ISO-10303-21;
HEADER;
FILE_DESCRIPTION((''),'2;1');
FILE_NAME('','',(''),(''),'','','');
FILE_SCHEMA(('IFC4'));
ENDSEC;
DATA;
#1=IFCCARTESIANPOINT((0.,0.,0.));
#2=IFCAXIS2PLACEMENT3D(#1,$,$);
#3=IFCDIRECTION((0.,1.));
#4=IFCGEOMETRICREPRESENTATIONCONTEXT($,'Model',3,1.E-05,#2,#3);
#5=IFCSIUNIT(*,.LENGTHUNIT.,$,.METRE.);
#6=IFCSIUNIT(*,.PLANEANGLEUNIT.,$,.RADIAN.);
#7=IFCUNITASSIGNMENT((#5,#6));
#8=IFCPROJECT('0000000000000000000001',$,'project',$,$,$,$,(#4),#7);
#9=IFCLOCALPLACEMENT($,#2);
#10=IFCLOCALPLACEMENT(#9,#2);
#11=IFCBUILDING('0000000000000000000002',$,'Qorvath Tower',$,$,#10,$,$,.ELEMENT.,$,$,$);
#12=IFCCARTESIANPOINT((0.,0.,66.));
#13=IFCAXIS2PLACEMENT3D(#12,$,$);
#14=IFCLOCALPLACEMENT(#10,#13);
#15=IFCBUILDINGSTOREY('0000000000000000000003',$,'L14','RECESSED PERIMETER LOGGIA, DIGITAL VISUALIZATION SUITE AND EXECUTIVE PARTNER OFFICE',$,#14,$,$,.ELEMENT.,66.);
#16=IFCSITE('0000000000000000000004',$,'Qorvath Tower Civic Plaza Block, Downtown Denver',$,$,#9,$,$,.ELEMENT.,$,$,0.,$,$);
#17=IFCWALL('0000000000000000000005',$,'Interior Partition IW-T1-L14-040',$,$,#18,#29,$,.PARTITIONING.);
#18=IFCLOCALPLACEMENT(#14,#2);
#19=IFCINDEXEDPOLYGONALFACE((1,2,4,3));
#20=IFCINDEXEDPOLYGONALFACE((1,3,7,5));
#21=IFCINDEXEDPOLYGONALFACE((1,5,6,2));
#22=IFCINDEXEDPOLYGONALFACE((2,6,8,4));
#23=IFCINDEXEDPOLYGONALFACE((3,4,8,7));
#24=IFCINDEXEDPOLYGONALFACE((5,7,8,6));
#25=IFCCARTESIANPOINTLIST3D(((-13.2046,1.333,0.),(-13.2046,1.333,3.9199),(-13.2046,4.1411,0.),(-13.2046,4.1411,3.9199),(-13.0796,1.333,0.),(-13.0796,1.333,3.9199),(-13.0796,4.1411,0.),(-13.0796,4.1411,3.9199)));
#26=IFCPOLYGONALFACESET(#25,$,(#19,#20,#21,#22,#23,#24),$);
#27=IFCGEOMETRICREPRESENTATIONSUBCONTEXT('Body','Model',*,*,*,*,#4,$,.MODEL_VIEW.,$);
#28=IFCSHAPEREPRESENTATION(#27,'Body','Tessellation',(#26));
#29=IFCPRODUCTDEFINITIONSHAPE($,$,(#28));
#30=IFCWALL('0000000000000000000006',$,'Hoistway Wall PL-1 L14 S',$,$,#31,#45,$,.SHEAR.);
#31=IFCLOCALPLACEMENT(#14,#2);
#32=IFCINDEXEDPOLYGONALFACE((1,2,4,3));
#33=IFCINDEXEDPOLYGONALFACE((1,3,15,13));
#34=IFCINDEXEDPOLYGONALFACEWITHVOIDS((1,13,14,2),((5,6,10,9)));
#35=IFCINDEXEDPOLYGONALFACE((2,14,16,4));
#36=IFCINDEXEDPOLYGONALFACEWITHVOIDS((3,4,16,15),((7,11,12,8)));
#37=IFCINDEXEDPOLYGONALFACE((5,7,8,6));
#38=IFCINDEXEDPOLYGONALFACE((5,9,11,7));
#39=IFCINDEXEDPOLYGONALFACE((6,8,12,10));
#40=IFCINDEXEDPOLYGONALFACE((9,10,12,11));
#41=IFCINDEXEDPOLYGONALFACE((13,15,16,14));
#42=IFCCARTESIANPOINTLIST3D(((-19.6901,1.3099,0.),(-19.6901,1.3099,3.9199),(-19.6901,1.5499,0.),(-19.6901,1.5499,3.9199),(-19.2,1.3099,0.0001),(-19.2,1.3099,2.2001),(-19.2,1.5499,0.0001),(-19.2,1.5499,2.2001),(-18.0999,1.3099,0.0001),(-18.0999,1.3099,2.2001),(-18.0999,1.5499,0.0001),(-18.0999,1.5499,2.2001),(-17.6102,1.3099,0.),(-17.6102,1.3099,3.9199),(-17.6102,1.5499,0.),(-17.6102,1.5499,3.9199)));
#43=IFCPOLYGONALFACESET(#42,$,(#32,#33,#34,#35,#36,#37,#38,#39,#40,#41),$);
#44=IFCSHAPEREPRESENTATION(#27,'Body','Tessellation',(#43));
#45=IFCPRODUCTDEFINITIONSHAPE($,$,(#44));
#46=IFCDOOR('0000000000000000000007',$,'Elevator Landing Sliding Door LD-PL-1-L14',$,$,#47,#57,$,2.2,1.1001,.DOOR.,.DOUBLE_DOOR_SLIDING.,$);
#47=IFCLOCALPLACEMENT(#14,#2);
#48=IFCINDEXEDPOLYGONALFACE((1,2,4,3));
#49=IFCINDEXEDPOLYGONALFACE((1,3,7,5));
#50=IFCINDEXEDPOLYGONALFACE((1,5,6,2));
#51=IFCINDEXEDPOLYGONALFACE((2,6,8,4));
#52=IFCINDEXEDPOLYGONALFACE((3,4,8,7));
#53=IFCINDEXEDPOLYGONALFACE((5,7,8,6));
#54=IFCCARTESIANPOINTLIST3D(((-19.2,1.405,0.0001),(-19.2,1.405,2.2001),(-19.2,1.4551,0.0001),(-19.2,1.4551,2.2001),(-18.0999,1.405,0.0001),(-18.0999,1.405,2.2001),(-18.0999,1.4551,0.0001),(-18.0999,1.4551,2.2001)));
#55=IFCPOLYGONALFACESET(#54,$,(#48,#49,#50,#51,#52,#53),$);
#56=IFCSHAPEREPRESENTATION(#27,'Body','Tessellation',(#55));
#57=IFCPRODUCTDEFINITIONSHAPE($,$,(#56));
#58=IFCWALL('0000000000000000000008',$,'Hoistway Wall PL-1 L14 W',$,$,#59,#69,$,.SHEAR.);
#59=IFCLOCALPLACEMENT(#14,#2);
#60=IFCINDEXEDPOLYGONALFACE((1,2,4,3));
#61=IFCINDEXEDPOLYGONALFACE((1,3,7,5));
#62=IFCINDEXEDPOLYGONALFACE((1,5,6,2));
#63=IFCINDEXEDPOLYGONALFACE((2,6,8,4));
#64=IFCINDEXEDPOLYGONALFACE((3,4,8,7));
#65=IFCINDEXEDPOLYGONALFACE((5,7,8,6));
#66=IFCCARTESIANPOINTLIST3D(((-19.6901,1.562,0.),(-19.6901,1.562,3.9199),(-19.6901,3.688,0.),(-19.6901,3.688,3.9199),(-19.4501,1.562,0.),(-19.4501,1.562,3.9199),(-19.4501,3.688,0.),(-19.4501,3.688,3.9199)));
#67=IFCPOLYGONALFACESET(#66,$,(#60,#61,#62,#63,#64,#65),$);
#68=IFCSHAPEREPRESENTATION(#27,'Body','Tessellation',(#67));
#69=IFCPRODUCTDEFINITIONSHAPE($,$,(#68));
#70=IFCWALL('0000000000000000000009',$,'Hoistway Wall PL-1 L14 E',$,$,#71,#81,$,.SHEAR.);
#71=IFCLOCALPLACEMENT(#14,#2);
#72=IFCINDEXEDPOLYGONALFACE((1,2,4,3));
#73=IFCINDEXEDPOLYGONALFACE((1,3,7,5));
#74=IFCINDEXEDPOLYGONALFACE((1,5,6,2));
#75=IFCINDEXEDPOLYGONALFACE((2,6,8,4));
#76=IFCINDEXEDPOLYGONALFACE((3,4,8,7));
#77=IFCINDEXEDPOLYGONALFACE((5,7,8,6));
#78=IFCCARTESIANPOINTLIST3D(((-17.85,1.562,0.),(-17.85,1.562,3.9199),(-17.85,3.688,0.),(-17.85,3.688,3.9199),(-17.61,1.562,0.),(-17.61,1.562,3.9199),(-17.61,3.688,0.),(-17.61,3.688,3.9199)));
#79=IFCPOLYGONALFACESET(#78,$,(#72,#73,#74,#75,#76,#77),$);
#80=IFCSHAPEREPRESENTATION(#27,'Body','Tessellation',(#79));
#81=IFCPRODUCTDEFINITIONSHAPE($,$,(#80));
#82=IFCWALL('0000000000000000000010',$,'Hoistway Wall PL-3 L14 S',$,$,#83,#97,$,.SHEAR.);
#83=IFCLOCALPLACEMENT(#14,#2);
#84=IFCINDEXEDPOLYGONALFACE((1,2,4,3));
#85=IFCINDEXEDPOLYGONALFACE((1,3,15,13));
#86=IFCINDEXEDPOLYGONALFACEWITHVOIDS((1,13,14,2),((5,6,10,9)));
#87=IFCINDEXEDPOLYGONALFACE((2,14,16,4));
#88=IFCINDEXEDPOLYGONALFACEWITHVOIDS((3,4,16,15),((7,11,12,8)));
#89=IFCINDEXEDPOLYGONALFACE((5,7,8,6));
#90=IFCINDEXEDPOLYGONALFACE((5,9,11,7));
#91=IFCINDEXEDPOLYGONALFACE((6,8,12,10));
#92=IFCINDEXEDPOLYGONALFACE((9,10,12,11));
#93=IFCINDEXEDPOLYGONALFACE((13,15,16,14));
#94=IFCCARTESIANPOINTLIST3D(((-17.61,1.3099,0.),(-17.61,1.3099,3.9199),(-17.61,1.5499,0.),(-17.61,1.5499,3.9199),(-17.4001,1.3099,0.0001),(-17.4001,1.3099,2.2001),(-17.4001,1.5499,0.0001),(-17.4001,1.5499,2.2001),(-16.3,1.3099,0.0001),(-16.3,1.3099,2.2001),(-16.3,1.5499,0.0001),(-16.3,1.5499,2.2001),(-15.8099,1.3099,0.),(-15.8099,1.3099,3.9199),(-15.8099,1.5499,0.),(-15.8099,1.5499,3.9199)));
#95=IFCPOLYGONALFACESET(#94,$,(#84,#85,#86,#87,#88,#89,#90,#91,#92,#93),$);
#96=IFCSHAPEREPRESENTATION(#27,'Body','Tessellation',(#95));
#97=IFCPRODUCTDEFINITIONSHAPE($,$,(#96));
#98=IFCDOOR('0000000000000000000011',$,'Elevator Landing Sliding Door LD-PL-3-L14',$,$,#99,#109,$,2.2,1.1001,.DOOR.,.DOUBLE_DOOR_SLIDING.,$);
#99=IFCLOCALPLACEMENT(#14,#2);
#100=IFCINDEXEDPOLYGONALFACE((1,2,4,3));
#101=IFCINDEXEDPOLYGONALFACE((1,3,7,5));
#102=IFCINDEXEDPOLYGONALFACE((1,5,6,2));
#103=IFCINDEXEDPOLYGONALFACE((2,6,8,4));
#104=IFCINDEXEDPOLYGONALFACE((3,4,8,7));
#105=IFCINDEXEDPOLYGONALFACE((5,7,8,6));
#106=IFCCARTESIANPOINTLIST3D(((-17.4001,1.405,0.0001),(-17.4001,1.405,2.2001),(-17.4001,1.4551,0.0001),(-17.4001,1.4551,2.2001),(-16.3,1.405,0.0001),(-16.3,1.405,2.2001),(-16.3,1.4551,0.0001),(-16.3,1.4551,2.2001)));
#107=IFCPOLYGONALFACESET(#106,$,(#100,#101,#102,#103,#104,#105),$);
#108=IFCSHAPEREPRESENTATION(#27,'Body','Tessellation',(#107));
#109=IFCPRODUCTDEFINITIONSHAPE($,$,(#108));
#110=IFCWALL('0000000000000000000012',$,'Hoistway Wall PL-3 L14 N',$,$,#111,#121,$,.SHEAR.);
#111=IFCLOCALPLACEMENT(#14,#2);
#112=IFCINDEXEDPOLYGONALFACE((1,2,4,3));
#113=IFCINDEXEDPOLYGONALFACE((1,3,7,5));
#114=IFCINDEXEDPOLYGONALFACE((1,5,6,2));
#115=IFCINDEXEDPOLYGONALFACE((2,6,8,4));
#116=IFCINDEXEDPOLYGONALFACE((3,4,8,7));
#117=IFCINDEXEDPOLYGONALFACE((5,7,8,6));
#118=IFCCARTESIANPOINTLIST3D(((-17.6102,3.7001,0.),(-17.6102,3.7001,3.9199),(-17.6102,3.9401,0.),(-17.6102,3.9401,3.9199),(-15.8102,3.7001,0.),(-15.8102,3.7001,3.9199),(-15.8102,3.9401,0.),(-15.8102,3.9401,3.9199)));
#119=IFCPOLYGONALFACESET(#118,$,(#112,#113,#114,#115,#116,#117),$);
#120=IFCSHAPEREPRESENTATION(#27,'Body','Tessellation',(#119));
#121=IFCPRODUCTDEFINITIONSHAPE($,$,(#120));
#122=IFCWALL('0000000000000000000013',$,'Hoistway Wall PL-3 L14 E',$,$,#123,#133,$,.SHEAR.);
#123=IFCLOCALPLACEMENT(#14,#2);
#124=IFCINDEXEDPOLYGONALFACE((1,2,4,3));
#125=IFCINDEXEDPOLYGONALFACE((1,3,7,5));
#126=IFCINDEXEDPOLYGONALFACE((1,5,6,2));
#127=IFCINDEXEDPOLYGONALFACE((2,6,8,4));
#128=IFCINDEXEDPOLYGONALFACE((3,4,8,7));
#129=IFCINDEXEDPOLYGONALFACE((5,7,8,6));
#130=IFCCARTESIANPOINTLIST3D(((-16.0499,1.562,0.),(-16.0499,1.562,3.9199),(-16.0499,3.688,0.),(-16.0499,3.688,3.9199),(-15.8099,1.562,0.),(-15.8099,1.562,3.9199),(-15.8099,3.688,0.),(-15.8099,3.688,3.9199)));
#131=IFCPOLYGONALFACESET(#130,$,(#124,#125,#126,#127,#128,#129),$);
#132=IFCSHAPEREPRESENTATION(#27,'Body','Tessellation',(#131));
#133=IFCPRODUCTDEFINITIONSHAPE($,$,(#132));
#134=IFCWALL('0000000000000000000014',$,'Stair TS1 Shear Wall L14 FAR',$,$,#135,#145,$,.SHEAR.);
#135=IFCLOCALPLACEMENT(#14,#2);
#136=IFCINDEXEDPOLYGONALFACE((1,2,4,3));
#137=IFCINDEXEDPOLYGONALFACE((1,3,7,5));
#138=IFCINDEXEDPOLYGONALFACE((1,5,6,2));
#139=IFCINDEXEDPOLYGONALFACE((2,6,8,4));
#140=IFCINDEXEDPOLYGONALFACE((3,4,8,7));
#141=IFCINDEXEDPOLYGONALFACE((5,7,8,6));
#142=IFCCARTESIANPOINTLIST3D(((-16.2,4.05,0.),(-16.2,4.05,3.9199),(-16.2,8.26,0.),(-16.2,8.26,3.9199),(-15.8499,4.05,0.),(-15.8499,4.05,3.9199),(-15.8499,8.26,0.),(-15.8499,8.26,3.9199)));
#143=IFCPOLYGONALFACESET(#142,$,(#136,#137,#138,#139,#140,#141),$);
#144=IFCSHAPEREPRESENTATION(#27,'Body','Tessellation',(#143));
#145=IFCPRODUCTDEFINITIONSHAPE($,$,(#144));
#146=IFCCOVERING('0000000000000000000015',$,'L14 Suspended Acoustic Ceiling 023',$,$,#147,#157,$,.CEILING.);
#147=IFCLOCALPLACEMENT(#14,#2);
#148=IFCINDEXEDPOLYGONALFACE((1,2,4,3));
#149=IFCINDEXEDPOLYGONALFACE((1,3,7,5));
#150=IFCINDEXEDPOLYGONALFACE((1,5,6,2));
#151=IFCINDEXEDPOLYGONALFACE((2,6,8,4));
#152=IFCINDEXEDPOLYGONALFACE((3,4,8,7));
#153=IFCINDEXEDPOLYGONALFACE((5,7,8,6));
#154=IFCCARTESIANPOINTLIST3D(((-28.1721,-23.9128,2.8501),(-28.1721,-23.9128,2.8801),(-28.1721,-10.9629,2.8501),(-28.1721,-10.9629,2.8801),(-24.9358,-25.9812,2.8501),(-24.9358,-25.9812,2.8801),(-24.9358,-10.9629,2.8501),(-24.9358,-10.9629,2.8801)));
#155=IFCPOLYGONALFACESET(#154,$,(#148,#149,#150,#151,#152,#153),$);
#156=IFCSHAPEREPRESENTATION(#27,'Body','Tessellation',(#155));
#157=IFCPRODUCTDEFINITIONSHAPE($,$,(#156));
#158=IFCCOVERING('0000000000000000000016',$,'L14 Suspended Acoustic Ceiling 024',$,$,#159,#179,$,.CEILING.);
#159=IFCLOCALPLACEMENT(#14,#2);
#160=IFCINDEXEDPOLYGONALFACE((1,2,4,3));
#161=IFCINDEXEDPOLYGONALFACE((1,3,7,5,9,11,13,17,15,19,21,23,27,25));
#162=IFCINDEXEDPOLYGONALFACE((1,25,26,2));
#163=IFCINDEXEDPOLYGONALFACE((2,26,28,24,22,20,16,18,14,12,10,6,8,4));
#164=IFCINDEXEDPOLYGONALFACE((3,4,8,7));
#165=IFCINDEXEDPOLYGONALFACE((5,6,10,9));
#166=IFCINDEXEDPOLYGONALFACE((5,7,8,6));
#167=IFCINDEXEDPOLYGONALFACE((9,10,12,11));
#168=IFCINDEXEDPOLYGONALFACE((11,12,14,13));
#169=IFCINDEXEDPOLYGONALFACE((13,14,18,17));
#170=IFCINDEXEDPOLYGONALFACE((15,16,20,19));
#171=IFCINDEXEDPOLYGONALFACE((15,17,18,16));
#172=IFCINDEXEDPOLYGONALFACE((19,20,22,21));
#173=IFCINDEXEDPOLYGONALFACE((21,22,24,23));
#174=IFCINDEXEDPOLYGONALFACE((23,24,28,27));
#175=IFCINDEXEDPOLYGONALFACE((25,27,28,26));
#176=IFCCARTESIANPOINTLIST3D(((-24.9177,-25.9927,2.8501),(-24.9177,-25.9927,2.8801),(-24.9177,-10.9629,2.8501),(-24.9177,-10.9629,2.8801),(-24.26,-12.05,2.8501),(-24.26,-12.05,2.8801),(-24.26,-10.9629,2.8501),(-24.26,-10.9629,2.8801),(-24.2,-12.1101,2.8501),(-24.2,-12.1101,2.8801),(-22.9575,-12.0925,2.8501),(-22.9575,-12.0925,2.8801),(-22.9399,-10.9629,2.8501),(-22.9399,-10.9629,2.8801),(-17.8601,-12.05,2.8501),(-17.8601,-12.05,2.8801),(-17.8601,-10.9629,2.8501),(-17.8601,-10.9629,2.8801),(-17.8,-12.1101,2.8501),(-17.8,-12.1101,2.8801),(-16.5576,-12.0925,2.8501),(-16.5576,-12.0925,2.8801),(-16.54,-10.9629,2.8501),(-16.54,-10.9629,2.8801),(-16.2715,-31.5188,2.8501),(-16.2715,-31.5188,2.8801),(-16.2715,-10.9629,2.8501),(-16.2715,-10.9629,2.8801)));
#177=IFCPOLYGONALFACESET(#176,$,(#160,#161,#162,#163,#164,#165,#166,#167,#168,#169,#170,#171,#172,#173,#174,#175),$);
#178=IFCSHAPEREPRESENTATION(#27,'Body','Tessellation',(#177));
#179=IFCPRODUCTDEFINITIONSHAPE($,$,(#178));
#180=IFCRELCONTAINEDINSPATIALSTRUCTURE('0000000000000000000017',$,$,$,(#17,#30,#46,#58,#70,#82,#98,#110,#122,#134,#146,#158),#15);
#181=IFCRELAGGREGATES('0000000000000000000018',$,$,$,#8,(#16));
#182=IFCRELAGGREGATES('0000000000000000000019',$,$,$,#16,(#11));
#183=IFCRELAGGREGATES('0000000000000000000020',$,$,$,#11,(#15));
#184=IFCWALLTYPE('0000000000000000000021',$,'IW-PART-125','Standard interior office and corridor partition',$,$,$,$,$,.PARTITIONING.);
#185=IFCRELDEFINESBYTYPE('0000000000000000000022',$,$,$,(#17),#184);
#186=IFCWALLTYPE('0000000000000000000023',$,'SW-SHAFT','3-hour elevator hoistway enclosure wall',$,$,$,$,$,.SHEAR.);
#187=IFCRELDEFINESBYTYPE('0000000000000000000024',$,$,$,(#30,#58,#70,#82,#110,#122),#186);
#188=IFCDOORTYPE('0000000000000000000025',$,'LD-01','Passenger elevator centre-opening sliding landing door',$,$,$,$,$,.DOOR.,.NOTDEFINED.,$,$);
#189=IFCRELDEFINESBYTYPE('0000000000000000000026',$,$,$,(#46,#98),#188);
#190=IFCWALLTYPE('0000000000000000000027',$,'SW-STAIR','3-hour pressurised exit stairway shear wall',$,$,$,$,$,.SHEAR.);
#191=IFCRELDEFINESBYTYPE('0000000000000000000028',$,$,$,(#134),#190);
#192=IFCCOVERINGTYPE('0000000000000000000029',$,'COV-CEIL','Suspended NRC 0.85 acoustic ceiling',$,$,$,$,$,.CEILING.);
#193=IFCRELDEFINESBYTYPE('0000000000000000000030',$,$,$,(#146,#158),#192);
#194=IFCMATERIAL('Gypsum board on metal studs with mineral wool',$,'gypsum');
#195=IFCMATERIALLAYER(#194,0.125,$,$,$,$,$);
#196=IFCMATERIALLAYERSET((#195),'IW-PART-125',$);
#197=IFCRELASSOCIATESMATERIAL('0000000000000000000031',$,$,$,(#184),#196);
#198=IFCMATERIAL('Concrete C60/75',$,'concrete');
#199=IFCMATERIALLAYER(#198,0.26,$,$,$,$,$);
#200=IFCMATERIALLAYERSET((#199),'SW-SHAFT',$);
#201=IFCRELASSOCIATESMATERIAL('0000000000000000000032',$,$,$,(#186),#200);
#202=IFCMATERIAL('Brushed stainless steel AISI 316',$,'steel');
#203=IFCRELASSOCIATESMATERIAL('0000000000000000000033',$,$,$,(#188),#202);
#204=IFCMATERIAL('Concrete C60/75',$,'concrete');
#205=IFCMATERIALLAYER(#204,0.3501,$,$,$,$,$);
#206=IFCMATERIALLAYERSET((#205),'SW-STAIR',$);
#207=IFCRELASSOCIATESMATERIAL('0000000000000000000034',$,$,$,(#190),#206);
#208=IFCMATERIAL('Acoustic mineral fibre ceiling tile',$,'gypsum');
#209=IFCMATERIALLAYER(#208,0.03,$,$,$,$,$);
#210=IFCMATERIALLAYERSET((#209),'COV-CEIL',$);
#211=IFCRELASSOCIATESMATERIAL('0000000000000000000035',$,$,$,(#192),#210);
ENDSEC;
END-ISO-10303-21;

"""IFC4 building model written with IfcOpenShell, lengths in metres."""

from ifc_helpers import new_model, si_unit, direction, frame, frame_2d, origin, place, context, subcontext, project, spatial, polyline, rectangle, outline, extrude, material, layer, layer_set, type_object, element, fill, save


model = new_model("IFC4")

# Units and contexts
model_context = context("Model", 3, precision=1e-05, world=origin(), true_north=direction((0.0, 1.0)))
body_context = subcontext(model_context, "Body", "Model", "MODEL_VIEW")
ifc_project = project(units=[si_unit("LENGTHUNIT", "METRE"), si_unit("PLANEANGLEUNIT", "RADIAN")], contexts=[model_context])

# Site, building, storey
site_placement = place(None, origin())
site = spatial("IfcSite", under=ifc_project, at=site_placement, Name="Qorvath Tower Civic Plaza Block, Downtown Denver", CompositionType="ELEMENT", RefElevation=0.0)
building_placement = place(site_placement, origin())
building = spatial("IfcBuilding", under=site, at=building_placement, Name="Qorvath Tower", CompositionType="ELEMENT")
storey_placement = place(building_placement, frame((0.0, 0.0, 66.0)))
storey = spatial("IfcBuildingStorey", under=building, at=storey_placement, Name="L14", Description="RECESSED PERIMETER LOGGIA, DIGITAL VISUALIZATION SUITE AND EXECUTIVE PARTNER OFFICE", CompositionType="ELEMENT", Elevation=66.0)

# Wall
ifc_material_1 = material(Name="Gypsum board on metal studs with mineral wool", Category="gypsum")
ifc_layer_1 = layer(ifc_material_1, 0.125)
ifc_layer_set_1 = layer_set([ifc_layer_1], Name="IW-PART-125")
wall_type_1 = type_object("IfcWallType", Name="IW-PART-125", Description="Standard interior office and corridor partition", PredefinedType="PARTITIONING", material=ifc_layer_set_1)
wall_1_placement = place(storey_placement, frame((-13.1421, 4.1411, 0.0), z_axis=(0.0, 0.0, 1.0), x_axis=(0.0, -1.0, 0.0)))
element("IfcWall", 1, at=wall_1_placement, inside=storey, type_object=wall_type_1, Name="Interior Partition IW-T1-L14-040", PredefinedType="PARTITIONING", context=body_context, shape_type="SweptSolid", body=[
    extrude(rectangle(XDim=2.8081, YDim=0.125, at=frame_2d((1.4041, 0.0))), origin(), (0.0, 0.0, 1.0), 3.9199),
])

# Wall, opening, door
ifc_material_2 = material(Name="Concrete C60/75", Category="concrete")
ifc_layer_2 = layer(ifc_material_2, 0.26)
ifc_layer_set_2 = layer_set([ifc_layer_2], Name="SW-SHAFT")
wall_type_2 = type_object("IfcWallType", Name="SW-SHAFT", Description="3-hour elevator hoistway enclosure wall", PredefinedType="SHEAR", material=ifc_layer_set_2)
wall_2_placement = place(storey_placement, frame((-17.6101, 1.4299, 0.0), z_axis=(0.0, 0.0, 1.0), x_axis=(-1.0, 0.0, 0.0)))
wall_2 = element("IfcWall", 2, at=wall_2_placement, inside=storey, type_object=wall_type_2, Name="Hoistway Wall PL-1 L14 S", PredefinedType="SHEAR", context=body_context, shape_type="SweptSolid", body=[
    extrude(rectangle(XDim=2.0798, YDim=0.24, at=frame_2d((1.04, 0.0))), origin(), (0.0, 0.0, 1.0), 3.9199),
])
opening_1_placement = place(wall_2_placement, frame((0.4897, 0.0, 0.0)))
opening_1 = element("IfcOpeningElement", 3, at=opening_1_placement, cuts=wall_2, PredefinedType="OPENING", context=body_context, shape_type="SweptSolid", body=[
    extrude(rectangle(XDim=1.1001, YDim=2.2, at=frame_2d((0.55, 1.1001))), frame((0.0, 0.1299, 0.0), z_axis=(0.0, -1.0, 0.0), x_axis=(1.0, 0.0, 0.0)), (0.0, 0.0, 1.0), 0.26),
])
ifc_material_3 = material(Name="Brushed stainless steel AISI 316", Category="steel")
door_type = type_object("IfcDoorType", Name="LD-01", Description="Passenger elevator centre-opening sliding landing door", OperationType="NOTDEFINED", PredefinedType="DOOR", material=ifc_material_3)
door_1_placement = place(opening_1_placement, origin())
door_1 = element("IfcDoor", 4, at=door_1_placement, inside=storey, type_object=door_type, Name="Elevator Landing Sliding Door LD-PL-1-L14", OperationType="DOUBLE_DOOR_SLIDING", OverallHeight=2.2, OverallWidth=1.1001, PredefinedType="DOOR", context=body_context, shape_type="SweptSolid", body=[
    extrude(rectangle(XDim=1.1001, YDim=2.2, at=frame_2d((0.55, 1.1001))), frame((0.0, 0.0249, 0.0), z_axis=(0.0, -1.0, 0.0), x_axis=(1.0, 0.0, 0.0)), (0.0, 0.0, 1.0), 0.05),
])
fill(opening_1, door_1)

# Walls
for number, where, z_axis, x_axis, name in (
    (5, (-19.5701, 1.562, 0.0), (0.0, 0.0, 1.0), (0.0, 1.0, 0.0), "Hoistway Wall PL-1 L14 W"),
    (6, (-17.73, 3.688, 0.0), (0.0, 0.0, 1.0), (0.0, -1.0, 0.0), "Hoistway Wall PL-1 L14 E"),
):
    element("IfcWall", number, at=place(storey_placement, frame(where, z_axis=z_axis, x_axis=x_axis)), inside=storey, type_object=wall_type_2, Name=name, PredefinedType="SHEAR", context=body_context, shape_type="SweptSolid", body=[
        extrude(rectangle(XDim=2.126, YDim=0.24, at=frame_2d((1.063, 0.0))), origin(), (0.0, 0.0, 1.0), 3.9199),
    ])

# Wall, opening, door
wall_3_placement = place(storey_placement, frame((-15.8101, 1.4299, 0.0), z_axis=(0.0, 0.0, 1.0), x_axis=(-1.0, 0.0, 0.0)))
wall_3 = element("IfcWall", 7, at=wall_3_placement, inside=storey, type_object=wall_type_2, Name="Hoistway Wall PL-3 L14 S", PredefinedType="SHEAR", context=body_context, shape_type="SweptSolid", body=[
    extrude(rectangle(XDim=1.8, YDim=0.24, at=frame_2d((0.8999, 0.0))), origin(), (0.0, 0.0, 1.0), 3.9199),
])
opening_2_placement = place(wall_3_placement, frame((0.49, 0.0, 0.0)))
opening_2 = element("IfcOpeningElement", 8, at=opening_2_placement, cuts=wall_3, PredefinedType="OPENING", context=body_context, shape_type="SweptSolid", body=[
    extrude(rectangle(XDim=1.1001, YDim=2.2, at=frame_2d((0.55, 1.1001))), frame((0.0, 0.1299, 0.0), z_axis=(0.0, -1.0, 0.0), x_axis=(1.0, 0.0, 0.0)), (0.0, 0.0, 1.0), 0.26),
])
door_2_placement = place(opening_2_placement, origin())
door_2 = element("IfcDoor", 9, at=door_2_placement, inside=storey, type_object=door_type, Name="Elevator Landing Sliding Door LD-PL-3-L14", OperationType="DOUBLE_DOOR_SLIDING", OverallHeight=2.2, OverallWidth=1.1001, PredefinedType="DOOR", context=body_context, shape_type="SweptSolid", body=[
    extrude(rectangle(XDim=1.1001, YDim=2.2, at=frame_2d((0.55, 1.1001))), frame((0.0, 0.0249, 0.0), z_axis=(0.0, -1.0, 0.0), x_axis=(1.0, 0.0, 0.0)), (0.0, 0.0, 1.0), 0.05),
])
fill(opening_2, door_2)

# Walls
wall_4_placement = place(storey_placement, frame((-17.6101, 3.8201, 0.0), z_axis=(0.0, 0.0, 1.0), x_axis=(1.0, 0.0, 0.0)))
element("IfcWall", 10, at=wall_4_placement, inside=storey, type_object=wall_type_2, Name="Hoistway Wall PL-3 L14 N", PredefinedType="SHEAR", context=body_context, shape_type="SweptSolid", body=[
    extrude(rectangle(XDim=1.8, YDim=0.24, at=frame_2d((0.8999, 0.0))), origin(), (0.0, 0.0, 1.0), 3.9199),
])
wall_5_placement = place(storey_placement, frame((-15.9299, 3.688, 0.0), z_axis=(0.0, 0.0, 1.0), x_axis=(0.0, -1.0, 0.0)))
element("IfcWall", 11, at=wall_5_placement, inside=storey, type_object=wall_type_2, Name="Hoistway Wall PL-3 L14 E", PredefinedType="SHEAR", context=body_context, shape_type="SweptSolid", body=[
    extrude(rectangle(XDim=2.126, YDim=0.24, at=frame_2d((1.063, 0.0))), origin(), (0.0, 0.0, 1.0), 3.9199),
])
ifc_material_4 = material(Name="Concrete C60/75", Category="concrete")
ifc_layer_3 = layer(ifc_material_4, 0.3501)
ifc_layer_set_3 = layer_set([ifc_layer_3], Name="SW-STAIR")
wall_type_3 = type_object("IfcWallType", Name="SW-STAIR", Description="3-hour pressurised exit stairway shear wall", PredefinedType="SHEAR", material=ifc_layer_set_3)
wall_6_placement = place(storey_placement, frame((-16.0249, 4.05, 0.0), z_axis=(0.0, 0.0, 1.0), x_axis=(0.0, 1.0, 0.0)))
element("IfcWall", 12, at=wall_6_placement, inside=storey, type_object=wall_type_3, Name="Stair TS1 Shear Wall L14 FAR", PredefinedType="SHEAR", context=body_context, shape_type="SweptSolid", body=[
    extrude(rectangle(XDim=4.21, YDim=0.3501, at=frame_2d((2.105, 0.0))), origin(), (0.0, 0.0, 1.0), 3.9199),
])

# Coverings
ifc_material_5 = material(Name="Acoustic mineral fibre ceiling tile", Category="gypsum")
ifc_layer_4 = layer(ifc_material_5, 0.03)
ifc_layer_set_4 = layer_set([ifc_layer_4], Name="COV-CEIL")
covering_type_1 = type_object("IfcCoveringType", Name="COV-CEIL", Description="Suspended NRC 0.85 acoustic ceiling", PredefinedType="CEILING", material=ifc_layer_set_4)
covering_1_placement = place(storey_placement, frame((0.0, 0.0, 2.8501)))
element("IfcCovering", 13, at=covering_1_placement, inside=storey, type_object=covering_type_1, Name="L14 Suspended Acoustic Ceiling 023", PredefinedType="CEILING", context=body_context, shape_type="SweptSolid", body=[
    extrude(outline(polyline([(-28.1721, -10.9629), (-28.1721, -23.9128), (-24.9358, -25.9812), (-24.9358, -10.9629), (-28.1721, -10.9629)])), origin(), (0.0, 0.0, 1.0), 0.03),
])
covering_2_placement = place(storey_placement, frame((0.0, 0.0, 2.8501)))
element("IfcCovering", 14, at=covering_2_placement, inside=storey, type_object=covering_type_1, Name="L14 Suspended Acoustic Ceiling 024", PredefinedType="CEILING", context=body_context, shape_type="SweptSolid", body=[
    extrude(outline(polyline([(-24.9177, -25.9927), (-16.2715, -31.5188), (-16.2715, -10.9629), (-16.54, -10.9629), (-16.5576, -12.0925), (-17.8, -12.1101), (-17.8601, -12.05), (-17.8601, -10.9629), (-22.9399, -10.9629), (-22.9575, -12.0925), (-24.2, -12.1101), (-24.26, -12.05), (-24.26, -10.9629), (-24.9177, -10.9629), (-24.9177, -25.9927)])), origin(), (0.0, 0.0, 1.0), 0.03),
])

save(model, "model.ifc")
